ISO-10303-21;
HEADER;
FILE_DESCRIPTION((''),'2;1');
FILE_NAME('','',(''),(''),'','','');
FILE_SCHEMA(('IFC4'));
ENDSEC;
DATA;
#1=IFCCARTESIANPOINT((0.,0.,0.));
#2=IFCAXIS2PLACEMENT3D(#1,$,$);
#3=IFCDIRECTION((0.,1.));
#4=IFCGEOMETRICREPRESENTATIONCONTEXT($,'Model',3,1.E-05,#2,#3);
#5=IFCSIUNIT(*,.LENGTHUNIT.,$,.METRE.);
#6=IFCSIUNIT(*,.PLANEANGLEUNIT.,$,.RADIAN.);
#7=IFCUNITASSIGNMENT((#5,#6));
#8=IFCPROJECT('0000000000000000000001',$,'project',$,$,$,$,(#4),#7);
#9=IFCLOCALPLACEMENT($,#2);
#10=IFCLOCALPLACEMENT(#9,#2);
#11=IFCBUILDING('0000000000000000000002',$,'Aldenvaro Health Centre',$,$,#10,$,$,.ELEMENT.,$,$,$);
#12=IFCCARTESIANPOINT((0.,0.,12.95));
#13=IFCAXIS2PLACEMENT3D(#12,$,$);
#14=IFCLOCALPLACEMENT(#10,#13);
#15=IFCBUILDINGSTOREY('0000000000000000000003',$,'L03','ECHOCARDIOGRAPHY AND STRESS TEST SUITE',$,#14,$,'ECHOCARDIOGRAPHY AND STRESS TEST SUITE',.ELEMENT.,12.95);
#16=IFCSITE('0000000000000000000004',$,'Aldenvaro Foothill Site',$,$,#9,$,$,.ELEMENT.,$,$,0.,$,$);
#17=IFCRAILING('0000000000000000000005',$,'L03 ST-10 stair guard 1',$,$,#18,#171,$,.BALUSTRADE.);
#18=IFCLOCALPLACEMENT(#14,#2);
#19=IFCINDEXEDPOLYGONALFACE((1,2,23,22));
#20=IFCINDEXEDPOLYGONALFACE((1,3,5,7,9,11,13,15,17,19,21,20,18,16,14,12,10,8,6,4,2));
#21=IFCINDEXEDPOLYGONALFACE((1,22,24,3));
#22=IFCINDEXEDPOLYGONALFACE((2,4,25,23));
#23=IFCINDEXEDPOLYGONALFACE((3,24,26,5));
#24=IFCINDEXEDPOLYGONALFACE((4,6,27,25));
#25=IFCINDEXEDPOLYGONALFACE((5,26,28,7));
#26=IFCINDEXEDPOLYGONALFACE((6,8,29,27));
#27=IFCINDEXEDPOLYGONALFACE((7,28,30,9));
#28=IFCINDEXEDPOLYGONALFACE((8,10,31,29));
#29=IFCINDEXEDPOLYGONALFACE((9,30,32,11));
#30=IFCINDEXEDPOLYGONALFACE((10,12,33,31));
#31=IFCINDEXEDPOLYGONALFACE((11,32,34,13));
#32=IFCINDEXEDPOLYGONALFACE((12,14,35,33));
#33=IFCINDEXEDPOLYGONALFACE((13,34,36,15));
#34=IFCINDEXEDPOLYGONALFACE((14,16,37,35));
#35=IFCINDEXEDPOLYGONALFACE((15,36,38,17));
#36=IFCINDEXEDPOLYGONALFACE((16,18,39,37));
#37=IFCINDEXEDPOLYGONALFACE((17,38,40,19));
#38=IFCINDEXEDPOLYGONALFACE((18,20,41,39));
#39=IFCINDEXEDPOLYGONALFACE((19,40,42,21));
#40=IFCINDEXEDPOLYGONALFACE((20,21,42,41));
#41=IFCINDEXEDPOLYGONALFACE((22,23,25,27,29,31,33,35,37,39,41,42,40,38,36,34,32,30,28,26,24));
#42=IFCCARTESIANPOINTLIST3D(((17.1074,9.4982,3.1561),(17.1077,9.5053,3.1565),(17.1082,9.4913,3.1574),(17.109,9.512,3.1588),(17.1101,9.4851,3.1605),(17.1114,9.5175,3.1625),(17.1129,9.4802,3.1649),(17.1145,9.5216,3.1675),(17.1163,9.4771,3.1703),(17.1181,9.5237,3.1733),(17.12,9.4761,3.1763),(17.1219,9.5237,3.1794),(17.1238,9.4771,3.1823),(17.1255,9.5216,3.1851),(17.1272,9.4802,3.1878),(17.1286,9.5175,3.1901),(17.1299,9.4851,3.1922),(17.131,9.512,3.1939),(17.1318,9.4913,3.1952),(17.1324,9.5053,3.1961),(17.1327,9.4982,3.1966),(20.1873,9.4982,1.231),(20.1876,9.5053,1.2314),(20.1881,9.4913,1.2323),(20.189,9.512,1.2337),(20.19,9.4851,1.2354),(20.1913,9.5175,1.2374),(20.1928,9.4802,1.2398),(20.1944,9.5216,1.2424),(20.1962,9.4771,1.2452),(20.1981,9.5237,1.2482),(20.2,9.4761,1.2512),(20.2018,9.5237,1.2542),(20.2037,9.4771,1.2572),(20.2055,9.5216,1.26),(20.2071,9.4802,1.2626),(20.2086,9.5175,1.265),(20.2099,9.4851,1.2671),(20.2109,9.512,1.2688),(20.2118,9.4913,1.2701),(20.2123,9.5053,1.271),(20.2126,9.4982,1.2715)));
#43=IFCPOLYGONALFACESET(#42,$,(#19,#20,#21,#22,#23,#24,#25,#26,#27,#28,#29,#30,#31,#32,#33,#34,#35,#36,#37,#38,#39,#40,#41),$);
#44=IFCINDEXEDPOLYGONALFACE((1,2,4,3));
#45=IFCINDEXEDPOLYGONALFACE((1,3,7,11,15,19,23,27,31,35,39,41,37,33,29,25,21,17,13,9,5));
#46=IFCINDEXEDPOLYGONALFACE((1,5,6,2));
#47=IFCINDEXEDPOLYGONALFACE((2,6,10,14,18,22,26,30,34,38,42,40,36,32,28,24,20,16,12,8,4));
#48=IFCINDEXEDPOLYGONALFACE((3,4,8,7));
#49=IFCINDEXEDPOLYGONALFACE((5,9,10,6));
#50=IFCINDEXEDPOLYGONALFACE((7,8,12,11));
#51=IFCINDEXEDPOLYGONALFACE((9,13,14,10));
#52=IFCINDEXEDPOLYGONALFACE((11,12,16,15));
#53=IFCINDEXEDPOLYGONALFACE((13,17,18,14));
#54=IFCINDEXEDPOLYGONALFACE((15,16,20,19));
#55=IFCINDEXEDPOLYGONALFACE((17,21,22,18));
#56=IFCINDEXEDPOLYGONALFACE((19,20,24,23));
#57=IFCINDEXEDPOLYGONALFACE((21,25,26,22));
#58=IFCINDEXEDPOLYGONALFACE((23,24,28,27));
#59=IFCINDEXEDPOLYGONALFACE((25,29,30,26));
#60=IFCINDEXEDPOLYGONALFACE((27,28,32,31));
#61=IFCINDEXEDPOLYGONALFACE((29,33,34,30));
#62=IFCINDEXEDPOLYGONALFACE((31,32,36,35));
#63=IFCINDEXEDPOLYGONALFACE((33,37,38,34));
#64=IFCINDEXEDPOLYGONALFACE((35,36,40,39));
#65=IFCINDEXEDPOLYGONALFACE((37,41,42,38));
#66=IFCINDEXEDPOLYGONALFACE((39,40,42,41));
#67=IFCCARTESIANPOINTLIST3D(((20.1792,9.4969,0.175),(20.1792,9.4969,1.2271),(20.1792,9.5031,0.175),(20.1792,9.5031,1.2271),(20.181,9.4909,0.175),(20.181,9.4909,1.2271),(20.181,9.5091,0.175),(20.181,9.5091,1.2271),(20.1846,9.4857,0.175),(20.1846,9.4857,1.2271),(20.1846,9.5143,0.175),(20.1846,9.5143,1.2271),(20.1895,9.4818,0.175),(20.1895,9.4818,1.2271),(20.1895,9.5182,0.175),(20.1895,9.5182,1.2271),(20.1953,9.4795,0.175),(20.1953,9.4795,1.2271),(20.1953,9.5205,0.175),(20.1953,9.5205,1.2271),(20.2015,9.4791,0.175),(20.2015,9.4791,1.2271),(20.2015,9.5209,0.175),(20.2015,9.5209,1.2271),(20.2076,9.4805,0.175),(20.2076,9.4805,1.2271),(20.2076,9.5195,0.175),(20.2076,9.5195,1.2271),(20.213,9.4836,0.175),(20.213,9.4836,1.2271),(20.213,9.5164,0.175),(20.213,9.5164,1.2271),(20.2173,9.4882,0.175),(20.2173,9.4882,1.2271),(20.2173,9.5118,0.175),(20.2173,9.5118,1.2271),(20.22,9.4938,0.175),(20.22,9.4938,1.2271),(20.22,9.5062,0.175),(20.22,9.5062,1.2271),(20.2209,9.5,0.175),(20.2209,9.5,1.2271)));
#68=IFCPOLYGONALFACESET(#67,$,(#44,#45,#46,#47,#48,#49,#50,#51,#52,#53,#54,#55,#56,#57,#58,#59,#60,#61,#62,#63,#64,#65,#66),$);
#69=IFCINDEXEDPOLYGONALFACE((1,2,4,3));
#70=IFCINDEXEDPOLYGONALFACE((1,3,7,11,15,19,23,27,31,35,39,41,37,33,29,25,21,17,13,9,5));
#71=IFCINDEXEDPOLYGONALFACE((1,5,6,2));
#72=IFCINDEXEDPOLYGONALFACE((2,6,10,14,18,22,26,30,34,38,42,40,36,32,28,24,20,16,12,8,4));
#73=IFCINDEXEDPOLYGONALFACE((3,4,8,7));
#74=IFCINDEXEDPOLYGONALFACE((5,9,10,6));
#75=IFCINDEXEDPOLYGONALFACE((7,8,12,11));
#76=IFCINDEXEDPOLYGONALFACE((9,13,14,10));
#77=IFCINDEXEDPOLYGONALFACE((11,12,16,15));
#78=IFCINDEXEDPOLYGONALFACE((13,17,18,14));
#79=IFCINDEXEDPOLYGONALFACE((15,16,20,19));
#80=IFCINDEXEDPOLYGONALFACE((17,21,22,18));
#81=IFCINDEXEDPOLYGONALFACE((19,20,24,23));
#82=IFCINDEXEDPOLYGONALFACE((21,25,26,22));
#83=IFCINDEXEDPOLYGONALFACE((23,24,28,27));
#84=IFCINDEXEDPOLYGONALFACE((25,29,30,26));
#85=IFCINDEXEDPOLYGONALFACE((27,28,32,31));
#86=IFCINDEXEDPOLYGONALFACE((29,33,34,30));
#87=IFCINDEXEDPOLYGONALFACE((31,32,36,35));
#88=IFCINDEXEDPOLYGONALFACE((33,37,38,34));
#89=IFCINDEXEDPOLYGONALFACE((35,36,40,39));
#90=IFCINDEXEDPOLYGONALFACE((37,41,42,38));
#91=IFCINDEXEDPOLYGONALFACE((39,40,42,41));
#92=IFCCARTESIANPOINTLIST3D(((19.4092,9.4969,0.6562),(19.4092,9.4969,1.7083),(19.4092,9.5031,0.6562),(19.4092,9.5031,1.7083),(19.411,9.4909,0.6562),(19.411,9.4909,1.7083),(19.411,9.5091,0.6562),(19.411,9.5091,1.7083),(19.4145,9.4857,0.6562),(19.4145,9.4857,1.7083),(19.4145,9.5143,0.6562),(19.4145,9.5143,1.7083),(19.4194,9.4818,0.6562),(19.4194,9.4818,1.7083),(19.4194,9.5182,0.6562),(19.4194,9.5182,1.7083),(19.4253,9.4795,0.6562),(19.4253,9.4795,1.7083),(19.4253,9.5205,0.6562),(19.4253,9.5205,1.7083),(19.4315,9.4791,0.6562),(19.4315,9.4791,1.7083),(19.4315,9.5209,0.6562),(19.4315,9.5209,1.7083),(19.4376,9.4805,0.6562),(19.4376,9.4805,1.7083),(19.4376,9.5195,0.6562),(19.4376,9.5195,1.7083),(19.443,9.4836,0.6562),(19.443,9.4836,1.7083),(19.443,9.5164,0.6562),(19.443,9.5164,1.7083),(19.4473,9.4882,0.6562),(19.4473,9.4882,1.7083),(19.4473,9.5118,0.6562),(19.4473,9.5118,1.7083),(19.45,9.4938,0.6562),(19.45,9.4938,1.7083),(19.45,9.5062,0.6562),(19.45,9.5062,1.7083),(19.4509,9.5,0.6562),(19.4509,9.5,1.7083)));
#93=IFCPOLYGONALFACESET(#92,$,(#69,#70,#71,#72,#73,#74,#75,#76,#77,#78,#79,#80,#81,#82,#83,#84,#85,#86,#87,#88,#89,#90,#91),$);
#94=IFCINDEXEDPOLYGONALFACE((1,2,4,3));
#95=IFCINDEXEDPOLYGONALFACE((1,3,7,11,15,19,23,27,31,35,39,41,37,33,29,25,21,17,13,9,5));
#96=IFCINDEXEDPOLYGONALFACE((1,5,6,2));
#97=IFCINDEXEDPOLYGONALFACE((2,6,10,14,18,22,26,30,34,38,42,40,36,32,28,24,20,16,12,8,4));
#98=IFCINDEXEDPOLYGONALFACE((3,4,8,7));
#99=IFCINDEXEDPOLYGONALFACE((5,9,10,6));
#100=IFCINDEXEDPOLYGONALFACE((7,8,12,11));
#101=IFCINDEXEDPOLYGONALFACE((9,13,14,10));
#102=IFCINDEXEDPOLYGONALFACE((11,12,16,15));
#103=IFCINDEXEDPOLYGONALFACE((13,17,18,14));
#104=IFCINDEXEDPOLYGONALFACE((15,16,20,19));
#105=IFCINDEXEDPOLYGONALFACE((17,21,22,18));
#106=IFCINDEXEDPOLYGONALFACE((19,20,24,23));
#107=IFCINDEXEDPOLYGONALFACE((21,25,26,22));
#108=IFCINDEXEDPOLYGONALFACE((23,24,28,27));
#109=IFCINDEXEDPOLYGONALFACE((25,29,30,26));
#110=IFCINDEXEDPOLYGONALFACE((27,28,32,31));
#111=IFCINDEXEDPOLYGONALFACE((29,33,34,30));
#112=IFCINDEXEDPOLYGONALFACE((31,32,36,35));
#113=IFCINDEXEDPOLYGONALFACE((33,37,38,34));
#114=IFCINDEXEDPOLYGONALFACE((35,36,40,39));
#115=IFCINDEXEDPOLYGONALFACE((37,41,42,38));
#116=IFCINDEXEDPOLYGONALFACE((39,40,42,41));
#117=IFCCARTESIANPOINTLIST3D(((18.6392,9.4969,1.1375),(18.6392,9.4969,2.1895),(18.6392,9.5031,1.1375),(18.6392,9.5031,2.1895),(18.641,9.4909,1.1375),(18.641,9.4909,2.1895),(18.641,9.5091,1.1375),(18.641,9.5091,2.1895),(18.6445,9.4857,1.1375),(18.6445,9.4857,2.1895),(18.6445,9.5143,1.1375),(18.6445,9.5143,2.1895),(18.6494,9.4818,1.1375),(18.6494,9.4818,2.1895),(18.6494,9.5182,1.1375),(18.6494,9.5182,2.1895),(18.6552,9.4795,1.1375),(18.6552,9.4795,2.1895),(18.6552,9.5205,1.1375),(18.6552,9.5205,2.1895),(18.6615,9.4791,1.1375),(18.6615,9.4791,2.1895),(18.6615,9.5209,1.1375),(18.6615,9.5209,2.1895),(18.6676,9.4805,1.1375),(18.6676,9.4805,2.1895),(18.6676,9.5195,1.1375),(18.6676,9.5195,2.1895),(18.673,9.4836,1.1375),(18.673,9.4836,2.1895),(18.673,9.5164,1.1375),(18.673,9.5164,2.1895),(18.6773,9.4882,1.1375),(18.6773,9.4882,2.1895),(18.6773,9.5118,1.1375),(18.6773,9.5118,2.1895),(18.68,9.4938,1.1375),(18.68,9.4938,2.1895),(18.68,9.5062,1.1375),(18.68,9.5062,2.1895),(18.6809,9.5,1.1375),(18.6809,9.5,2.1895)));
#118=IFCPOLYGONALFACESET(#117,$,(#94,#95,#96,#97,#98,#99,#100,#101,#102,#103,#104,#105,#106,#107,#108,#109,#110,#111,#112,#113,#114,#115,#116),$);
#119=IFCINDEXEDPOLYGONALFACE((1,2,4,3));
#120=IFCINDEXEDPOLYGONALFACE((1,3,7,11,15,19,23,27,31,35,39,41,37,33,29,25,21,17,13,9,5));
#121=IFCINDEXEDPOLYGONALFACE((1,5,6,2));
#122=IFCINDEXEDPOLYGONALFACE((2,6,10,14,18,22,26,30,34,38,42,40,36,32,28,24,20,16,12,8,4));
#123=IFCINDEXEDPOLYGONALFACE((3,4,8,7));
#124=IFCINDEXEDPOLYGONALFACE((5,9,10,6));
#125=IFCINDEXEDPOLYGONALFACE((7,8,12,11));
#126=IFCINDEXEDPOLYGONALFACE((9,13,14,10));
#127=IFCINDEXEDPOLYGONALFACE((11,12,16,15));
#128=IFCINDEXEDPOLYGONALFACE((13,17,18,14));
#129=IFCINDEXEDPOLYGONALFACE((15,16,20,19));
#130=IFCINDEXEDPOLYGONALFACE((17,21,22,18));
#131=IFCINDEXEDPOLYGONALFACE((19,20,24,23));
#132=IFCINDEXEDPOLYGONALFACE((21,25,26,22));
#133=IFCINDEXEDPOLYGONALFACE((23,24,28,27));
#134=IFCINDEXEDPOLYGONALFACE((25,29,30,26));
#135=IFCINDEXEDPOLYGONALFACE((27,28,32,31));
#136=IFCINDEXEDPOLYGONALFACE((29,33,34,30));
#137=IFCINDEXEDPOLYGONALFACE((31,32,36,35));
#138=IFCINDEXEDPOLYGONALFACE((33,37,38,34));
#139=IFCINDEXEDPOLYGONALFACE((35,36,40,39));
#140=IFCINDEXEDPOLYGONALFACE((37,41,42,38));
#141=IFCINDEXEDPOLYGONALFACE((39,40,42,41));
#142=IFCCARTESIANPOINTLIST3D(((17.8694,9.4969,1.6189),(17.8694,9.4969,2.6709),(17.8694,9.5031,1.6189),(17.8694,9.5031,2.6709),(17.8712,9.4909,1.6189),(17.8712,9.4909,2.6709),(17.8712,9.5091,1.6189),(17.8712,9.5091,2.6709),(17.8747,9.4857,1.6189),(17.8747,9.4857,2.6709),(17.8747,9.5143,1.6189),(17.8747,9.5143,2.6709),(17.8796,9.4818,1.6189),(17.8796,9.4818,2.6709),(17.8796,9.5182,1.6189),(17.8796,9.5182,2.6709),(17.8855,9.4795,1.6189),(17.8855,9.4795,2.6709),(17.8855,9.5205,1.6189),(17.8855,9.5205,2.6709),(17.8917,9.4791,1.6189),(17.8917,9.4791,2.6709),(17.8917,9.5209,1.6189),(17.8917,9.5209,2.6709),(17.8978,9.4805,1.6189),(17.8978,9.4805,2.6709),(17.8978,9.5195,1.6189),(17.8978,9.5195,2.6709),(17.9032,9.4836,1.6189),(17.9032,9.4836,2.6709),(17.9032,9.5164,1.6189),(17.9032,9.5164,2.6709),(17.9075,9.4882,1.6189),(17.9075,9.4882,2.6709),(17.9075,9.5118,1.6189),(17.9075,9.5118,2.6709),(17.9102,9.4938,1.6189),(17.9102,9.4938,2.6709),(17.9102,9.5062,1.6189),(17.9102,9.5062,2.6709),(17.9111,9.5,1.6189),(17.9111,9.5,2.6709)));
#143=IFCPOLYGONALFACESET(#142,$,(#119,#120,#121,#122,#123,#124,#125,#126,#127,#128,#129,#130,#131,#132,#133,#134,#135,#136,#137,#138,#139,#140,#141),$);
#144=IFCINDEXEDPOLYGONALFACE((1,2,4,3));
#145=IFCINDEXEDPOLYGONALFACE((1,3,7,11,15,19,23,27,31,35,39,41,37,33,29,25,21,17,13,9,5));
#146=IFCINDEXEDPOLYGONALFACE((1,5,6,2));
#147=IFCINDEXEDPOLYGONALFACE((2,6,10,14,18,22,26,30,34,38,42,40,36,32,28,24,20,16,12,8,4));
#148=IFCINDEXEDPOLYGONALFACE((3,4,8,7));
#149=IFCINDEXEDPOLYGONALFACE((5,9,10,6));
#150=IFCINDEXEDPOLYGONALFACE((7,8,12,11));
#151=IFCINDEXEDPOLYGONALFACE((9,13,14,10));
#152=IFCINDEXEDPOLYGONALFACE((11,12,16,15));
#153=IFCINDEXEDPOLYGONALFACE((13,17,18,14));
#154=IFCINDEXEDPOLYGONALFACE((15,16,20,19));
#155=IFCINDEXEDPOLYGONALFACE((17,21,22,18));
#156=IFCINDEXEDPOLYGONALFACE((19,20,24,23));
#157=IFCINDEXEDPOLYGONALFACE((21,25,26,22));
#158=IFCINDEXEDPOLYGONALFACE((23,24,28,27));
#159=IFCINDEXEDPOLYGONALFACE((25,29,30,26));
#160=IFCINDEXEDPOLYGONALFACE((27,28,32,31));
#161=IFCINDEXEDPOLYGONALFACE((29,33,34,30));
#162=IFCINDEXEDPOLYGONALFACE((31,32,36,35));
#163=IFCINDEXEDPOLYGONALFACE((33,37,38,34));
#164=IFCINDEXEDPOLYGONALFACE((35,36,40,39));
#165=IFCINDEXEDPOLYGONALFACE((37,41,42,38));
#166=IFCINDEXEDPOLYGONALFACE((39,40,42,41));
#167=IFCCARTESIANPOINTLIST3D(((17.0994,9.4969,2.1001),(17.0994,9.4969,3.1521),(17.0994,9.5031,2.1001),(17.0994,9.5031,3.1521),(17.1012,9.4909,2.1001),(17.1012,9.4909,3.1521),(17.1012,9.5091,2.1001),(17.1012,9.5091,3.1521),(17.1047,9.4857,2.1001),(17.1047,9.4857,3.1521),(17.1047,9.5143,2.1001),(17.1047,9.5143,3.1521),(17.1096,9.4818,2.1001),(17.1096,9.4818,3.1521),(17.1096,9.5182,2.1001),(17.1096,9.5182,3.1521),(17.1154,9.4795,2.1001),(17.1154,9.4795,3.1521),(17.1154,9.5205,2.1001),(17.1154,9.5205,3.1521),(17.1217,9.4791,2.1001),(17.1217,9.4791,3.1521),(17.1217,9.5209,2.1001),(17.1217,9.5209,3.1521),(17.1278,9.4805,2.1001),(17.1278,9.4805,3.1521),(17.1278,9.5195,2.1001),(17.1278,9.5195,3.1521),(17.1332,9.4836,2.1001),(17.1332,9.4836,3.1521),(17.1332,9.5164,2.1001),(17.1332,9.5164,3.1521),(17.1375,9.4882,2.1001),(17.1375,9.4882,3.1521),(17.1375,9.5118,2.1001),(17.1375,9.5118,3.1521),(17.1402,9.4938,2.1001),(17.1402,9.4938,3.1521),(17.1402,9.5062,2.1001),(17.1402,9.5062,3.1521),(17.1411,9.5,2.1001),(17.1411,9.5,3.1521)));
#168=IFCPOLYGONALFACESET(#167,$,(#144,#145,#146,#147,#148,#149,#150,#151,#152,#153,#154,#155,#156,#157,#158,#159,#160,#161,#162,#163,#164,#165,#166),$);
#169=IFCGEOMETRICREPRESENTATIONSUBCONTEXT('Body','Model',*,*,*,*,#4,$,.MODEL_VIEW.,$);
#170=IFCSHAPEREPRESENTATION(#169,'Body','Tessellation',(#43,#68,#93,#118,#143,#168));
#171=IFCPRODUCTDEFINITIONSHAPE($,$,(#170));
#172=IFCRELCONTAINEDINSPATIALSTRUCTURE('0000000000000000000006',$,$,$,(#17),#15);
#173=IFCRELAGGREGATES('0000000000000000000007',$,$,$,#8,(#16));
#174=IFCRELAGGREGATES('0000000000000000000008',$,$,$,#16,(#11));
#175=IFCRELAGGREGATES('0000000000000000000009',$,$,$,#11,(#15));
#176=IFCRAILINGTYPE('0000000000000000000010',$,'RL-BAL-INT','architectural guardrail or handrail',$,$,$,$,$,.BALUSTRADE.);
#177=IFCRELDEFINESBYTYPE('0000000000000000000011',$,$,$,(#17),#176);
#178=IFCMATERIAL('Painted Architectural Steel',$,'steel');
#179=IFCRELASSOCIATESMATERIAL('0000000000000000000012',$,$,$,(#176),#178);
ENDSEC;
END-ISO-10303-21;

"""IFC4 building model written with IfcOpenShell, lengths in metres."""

from ifc_helpers import new_model, si_unit, direction, frame, origin, origin_2d, place, context, subcontext, project, spatial, circle, extrude, material, type_object, element, save


model = new_model("IFC4")

# Units and contexts
model_context = context("Model", 3, precision=1e-05, world=origin(), true_north=direction((0.0, 1.0)))
body_context = subcontext(model_context, "Body", "Model", "MODEL_VIEW")
ifc_project = project(units=[si_unit("LENGTHUNIT", "METRE"), si_unit("PLANEANGLEUNIT", "RADIAN")], contexts=[model_context])

# Site, building, storey
site_placement = place(None, origin())
site = spatial("IfcSite", under=ifc_project, at=site_placement, Name="Aldenvaro Foothill Site", CompositionType="ELEMENT", RefElevation=0.0)
building_placement = place(site_placement, origin())
building = spatial("IfcBuilding", under=site, at=building_placement, Name="Aldenvaro Health Centre", CompositionType="ELEMENT")
storey_placement = place(building_placement, frame((0.0, 0.0, 12.95)))
storey = spatial("IfcBuildingStorey", under=building, at=storey_placement, Name="L03", Description="ECHOCARDIOGRAPHY AND STRESS TEST SUITE", LongName="ECHOCARDIOGRAPHY AND STRESS TEST SUITE", CompositionType="ELEMENT", Elevation=12.95)

# Railing
ifc_material_1 = material(Name="Painted Architectural Steel", Category="steel")
railing_type_1 = type_object("IfcRailingType", Name="RL-BAL-INT", Description="architectural guardrail or handrail", PredefinedType="BALUSTRADE", material=ifc_material_1)
railing_1_placement = place(storey_placement, frame((20.2, 9.5, 0.175)))
element("IfcRailing", 1, at=railing_1_placement, inside=storey, type_object=railing_type_1, Name="L03 ST-10 stair guard 1", PredefinedType="BALUSTRADE", context=body_context, shape_type="SweptSolid", body=[
    extrude(circle(Radius=0.0239, at=origin_2d()), frame((0.0, 0.0, 1.0762), z_axis=(-0.847979, 0.0, 0.530029), x_axis=(0.0, -1.0, 0.0)), (0.0, 0.0, 1.0), 3.6321),
    extrude(circle(Radius=0.021, at=origin_2d()), origin(), (0.0, 0.0, 1.0), 1.052),
    extrude(circle(Radius=0.021, at=origin_2d()), frame((-0.77, 0.0, 0.4812)), (0.0, 0.0, 1.0), 1.052),
    extrude(circle(Radius=0.021, at=origin_2d()), frame((-1.54, 0.0, 0.9624)), (0.0, 0.0, 1.0), 1.052),
    extrude(circle(Radius=0.021, at=origin_2d()), frame((-2.3098, 0.0, 1.4438)), (0.0, 0.0, 1.0), 1.052),
    extrude(circle(Radius=0.021, at=origin_2d()), frame((-3.0798, 0.0, 1.925)), (0.0, 0.0, 1.0), 1.052),
])

save(model, "model.ifc")
